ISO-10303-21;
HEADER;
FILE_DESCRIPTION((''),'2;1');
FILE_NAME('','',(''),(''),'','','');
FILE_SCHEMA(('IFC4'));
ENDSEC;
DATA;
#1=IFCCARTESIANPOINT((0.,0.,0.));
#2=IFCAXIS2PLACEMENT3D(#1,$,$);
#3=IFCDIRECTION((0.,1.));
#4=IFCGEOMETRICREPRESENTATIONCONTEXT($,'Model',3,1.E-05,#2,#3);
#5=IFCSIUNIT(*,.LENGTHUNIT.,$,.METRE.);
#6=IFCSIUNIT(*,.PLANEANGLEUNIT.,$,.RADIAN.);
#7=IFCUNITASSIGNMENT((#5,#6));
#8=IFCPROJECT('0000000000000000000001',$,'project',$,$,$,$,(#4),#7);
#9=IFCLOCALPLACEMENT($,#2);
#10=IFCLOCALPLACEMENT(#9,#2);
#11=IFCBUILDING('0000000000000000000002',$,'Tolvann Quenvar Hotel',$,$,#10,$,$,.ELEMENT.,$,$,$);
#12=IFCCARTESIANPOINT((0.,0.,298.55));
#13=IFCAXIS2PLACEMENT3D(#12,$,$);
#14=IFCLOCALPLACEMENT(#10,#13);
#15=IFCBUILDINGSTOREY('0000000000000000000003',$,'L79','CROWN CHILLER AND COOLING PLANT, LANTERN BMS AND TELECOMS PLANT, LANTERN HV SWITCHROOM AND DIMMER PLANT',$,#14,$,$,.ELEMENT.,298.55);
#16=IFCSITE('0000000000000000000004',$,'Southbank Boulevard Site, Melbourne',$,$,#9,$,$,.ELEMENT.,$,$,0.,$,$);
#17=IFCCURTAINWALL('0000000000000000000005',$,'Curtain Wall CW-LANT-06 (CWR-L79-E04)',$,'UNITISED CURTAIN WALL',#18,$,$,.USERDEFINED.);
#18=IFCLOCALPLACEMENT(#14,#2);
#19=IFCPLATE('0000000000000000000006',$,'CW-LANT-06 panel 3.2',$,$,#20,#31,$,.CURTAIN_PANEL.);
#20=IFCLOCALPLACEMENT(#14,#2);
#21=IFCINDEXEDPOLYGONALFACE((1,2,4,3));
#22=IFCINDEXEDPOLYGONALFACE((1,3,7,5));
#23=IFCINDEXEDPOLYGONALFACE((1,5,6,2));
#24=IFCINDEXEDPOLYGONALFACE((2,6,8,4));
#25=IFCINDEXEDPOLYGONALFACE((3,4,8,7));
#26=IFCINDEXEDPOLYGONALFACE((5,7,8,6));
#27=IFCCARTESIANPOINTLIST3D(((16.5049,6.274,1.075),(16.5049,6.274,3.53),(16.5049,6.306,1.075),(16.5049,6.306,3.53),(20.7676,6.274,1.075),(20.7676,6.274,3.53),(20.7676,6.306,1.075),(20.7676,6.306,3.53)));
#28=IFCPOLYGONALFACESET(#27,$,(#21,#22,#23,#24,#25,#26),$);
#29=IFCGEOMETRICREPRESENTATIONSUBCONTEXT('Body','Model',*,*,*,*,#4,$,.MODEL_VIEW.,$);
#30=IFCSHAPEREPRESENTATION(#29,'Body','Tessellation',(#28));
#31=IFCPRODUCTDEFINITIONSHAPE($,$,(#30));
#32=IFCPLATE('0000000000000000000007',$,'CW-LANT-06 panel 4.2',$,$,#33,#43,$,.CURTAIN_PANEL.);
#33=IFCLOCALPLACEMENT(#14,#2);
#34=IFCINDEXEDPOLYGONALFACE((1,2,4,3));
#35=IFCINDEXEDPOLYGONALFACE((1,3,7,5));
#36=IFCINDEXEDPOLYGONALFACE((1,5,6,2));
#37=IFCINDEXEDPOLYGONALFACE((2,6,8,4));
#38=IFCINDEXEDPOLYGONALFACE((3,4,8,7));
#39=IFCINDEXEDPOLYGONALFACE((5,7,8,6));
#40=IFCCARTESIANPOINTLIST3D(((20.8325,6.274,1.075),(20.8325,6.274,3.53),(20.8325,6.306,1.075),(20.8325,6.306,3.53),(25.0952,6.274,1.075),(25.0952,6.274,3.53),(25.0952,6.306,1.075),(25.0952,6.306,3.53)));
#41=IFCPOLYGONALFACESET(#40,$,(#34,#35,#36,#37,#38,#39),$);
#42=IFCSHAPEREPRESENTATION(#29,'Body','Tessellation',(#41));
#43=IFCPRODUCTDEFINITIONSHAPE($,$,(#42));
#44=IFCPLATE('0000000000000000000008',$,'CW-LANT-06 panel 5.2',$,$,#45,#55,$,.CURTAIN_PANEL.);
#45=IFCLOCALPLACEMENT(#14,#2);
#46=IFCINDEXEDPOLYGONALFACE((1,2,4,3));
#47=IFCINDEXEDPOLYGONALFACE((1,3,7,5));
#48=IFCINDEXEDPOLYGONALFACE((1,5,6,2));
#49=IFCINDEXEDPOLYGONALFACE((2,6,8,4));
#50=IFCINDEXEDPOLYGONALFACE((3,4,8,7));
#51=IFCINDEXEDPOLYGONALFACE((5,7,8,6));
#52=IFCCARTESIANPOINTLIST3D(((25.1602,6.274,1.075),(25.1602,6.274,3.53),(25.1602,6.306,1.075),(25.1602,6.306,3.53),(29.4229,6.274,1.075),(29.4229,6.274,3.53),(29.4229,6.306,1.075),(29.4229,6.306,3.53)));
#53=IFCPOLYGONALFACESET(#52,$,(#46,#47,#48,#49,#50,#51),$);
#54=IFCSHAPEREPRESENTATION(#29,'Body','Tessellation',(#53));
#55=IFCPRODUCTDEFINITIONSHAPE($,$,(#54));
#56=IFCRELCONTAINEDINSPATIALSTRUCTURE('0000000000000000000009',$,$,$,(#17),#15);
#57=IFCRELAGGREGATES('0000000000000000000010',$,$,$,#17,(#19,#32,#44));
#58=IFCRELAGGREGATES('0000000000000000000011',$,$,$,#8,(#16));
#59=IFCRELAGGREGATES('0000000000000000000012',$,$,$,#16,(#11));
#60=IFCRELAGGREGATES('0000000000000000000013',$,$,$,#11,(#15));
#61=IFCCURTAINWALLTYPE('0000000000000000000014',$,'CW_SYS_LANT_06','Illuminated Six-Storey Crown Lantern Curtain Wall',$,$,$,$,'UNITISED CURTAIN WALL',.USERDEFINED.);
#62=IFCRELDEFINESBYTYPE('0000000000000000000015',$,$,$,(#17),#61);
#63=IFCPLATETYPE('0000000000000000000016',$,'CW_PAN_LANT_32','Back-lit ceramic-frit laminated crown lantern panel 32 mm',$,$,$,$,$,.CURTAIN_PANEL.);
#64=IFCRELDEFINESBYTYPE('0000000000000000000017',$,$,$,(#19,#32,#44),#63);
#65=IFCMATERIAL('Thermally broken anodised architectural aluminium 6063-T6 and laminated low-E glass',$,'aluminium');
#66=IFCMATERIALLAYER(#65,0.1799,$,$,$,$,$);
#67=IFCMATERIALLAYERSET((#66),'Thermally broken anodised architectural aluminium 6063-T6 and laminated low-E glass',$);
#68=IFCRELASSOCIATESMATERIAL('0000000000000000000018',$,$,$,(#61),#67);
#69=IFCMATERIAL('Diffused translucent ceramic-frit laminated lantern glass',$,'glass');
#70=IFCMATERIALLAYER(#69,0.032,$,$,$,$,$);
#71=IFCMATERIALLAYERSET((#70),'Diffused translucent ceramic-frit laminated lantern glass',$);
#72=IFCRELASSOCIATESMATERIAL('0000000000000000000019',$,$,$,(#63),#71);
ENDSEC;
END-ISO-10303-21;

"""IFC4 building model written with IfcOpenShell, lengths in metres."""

from ifc_helpers import new_model, si_unit, direction, frame, origin, origin_2d, place, context, subcontext, project, spatial, rectangle, extrude, source, transform, mapped, material, layer, layer_set, type_object, element, aggregate, save


model = new_model("IFC4")

# Units and contexts
model_context = context("Model", 3, precision=1e-05, world=origin(), true_north=direction((0.0, 1.0)))
body_context = subcontext(model_context, "Body", "Model", "MODEL_VIEW")
ifc_project = project(units=[si_unit("LENGTHUNIT", "METRE"), si_unit("PLANEANGLEUNIT", "RADIAN")], contexts=[model_context])

# Site, building, storey
site_placement = place(None, origin())
site = spatial("IfcSite", under=ifc_project, at=site_placement, Name="Southbank Boulevard Site, Melbourne", CompositionType="ELEMENT", RefElevation=0.0)
building_placement = place(site_placement, origin())
building = spatial("IfcBuilding", under=site, at=building_placement, Name="Tolvann Quenvar Hotel", CompositionType="ELEMENT")
storey_placement = place(building_placement, frame((0.0, 0.0, 298.55)))
storey = spatial("IfcBuildingStorey", under=building, at=storey_placement, Name="L79", Description="CROWN CHILLER AND COOLING PLANT, LANTERN BMS AND TELECOMS PLANT, LANTERN HV SWITCHROOM AND DIMMER PLANT", CompositionType="ELEMENT", Elevation=298.55)

# Shared definitions
ifc_material_1 = material(Name="Thermally broken anodised architectural aluminium 6063-T6 and laminated low-E glass", Category="aluminium")
ifc_layer_1 = layer(ifc_material_1, 0.1799)
ifc_layer_set_1 = layer_set([ifc_layer_1], Name="Thermally broken anodised architectural aluminium 6063-T6 and laminated low-E glass")
curtain_wall_type = type_object("IfcCurtainWallType", Name="CW_SYS_LANT_06", Description="Illuminated Six-Storey Crown Lantern Curtain Wall", ElementType="UNITISED CURTAIN WALL", PredefinedType="USERDEFINED", material=ifc_layer_set_1)

# Curtain wall
curtain_wall_1_placement = place(storey_placement, origin())
curtain_wall_1 = element("IfcCurtainWall", 1, at=curtain_wall_1_placement, inside=storey, type_object=curtain_wall_type, Name="Curtain Wall CW-LANT-06 (CWR-L79-E04)", ObjectType="UNITISED CURTAIN WALL", PredefinedType="USERDEFINED")

# Plates
ifc_material_2 = material(Name="Diffused translucent ceramic-frit laminated lantern glass", Category="glass")
ifc_layer_2 = layer(ifc_material_2, 0.032)
ifc_layer_set_2 = layer_set([ifc_layer_2], Name="Diffused translucent ceramic-frit laminated lantern glass")
plate_type = type_object("IfcPlateType", Name="CW_PAN_LANT_32", Description="Back-lit ceramic-frit laminated crown lantern panel 32 mm", PredefinedType="CURTAIN_PANEL", material=ifc_layer_set_2)
shared_shape_1 = source(origin(), body_context, "Body", "SweptSolid", [
    extrude(rectangle(XDim=4.2627, YDim=0.032, at=origin_2d()), origin(), (0.0, 0.0, 1.0), 2.4551),
])
plate_1_placement = place(storey_placement, frame((18.6362, 6.29, 1.075), z_axis=(0.0, 0.0, 1.0), x_axis=(1.0, 0.0, 0.0)))
plate_1 = element("IfcPlate", 2, at=plate_1_placement, type_object=plate_type, Name="CW-LANT-06 panel 3.2", PredefinedType="CURTAIN_PANEL", context=body_context, shape_type="MappedRepresentation", body=[
    mapped(shared_shape_1, transform((0.0, 0.0, 0.0), x_axis=(1.0, 0.0, 0.0), y_axis=(0.0, 1.0, 0.0), z_axis=(0.0, 0.0, 1.0), scale=1.0)),
])
plate_2_placement = place(storey_placement, frame((22.9639, 6.29, 1.075), z_axis=(0.0, 0.0, 1.0), x_axis=(1.0, 0.0, 0.0)))
plate_2 = element("IfcPlate", 3, at=plate_2_placement, type_object=plate_type, Name="CW-LANT-06 panel 4.2", PredefinedType="CURTAIN_PANEL", context=body_context, shape_type="MappedRepresentation", body=[
    mapped(shared_shape_1, transform((0.0, 0.0, 0.0), x_axis=(1.0, 0.0, 0.0), y_axis=(0.0, 1.0, 0.0), z_axis=(0.0, 0.0, 1.0), scale=1.0)),
])
plate_3_placement = place(storey_placement, frame((27.2915, 6.29, 1.075), z_axis=(0.0, 0.0, 1.0), x_axis=(1.0, 0.0, 0.0)))
plate_3 = element("IfcPlate", 4, at=plate_3_placement, type_object=plate_type, Name="CW-LANT-06 panel 5.2", PredefinedType="CURTAIN_PANEL", context=body_context, shape_type="MappedRepresentation", body=[
    mapped(shared_shape_1, transform((0.0, 0.0, 0.0), x_axis=(1.0, 0.0, 0.0), y_axis=(0.0, 1.0, 0.0), z_axis=(0.0, 0.0, 1.0), scale=1.0)),
])
aggregate(curtain_wall_1, [plate_1, plate_2, plate_3])

save(model, "model.ifc")
